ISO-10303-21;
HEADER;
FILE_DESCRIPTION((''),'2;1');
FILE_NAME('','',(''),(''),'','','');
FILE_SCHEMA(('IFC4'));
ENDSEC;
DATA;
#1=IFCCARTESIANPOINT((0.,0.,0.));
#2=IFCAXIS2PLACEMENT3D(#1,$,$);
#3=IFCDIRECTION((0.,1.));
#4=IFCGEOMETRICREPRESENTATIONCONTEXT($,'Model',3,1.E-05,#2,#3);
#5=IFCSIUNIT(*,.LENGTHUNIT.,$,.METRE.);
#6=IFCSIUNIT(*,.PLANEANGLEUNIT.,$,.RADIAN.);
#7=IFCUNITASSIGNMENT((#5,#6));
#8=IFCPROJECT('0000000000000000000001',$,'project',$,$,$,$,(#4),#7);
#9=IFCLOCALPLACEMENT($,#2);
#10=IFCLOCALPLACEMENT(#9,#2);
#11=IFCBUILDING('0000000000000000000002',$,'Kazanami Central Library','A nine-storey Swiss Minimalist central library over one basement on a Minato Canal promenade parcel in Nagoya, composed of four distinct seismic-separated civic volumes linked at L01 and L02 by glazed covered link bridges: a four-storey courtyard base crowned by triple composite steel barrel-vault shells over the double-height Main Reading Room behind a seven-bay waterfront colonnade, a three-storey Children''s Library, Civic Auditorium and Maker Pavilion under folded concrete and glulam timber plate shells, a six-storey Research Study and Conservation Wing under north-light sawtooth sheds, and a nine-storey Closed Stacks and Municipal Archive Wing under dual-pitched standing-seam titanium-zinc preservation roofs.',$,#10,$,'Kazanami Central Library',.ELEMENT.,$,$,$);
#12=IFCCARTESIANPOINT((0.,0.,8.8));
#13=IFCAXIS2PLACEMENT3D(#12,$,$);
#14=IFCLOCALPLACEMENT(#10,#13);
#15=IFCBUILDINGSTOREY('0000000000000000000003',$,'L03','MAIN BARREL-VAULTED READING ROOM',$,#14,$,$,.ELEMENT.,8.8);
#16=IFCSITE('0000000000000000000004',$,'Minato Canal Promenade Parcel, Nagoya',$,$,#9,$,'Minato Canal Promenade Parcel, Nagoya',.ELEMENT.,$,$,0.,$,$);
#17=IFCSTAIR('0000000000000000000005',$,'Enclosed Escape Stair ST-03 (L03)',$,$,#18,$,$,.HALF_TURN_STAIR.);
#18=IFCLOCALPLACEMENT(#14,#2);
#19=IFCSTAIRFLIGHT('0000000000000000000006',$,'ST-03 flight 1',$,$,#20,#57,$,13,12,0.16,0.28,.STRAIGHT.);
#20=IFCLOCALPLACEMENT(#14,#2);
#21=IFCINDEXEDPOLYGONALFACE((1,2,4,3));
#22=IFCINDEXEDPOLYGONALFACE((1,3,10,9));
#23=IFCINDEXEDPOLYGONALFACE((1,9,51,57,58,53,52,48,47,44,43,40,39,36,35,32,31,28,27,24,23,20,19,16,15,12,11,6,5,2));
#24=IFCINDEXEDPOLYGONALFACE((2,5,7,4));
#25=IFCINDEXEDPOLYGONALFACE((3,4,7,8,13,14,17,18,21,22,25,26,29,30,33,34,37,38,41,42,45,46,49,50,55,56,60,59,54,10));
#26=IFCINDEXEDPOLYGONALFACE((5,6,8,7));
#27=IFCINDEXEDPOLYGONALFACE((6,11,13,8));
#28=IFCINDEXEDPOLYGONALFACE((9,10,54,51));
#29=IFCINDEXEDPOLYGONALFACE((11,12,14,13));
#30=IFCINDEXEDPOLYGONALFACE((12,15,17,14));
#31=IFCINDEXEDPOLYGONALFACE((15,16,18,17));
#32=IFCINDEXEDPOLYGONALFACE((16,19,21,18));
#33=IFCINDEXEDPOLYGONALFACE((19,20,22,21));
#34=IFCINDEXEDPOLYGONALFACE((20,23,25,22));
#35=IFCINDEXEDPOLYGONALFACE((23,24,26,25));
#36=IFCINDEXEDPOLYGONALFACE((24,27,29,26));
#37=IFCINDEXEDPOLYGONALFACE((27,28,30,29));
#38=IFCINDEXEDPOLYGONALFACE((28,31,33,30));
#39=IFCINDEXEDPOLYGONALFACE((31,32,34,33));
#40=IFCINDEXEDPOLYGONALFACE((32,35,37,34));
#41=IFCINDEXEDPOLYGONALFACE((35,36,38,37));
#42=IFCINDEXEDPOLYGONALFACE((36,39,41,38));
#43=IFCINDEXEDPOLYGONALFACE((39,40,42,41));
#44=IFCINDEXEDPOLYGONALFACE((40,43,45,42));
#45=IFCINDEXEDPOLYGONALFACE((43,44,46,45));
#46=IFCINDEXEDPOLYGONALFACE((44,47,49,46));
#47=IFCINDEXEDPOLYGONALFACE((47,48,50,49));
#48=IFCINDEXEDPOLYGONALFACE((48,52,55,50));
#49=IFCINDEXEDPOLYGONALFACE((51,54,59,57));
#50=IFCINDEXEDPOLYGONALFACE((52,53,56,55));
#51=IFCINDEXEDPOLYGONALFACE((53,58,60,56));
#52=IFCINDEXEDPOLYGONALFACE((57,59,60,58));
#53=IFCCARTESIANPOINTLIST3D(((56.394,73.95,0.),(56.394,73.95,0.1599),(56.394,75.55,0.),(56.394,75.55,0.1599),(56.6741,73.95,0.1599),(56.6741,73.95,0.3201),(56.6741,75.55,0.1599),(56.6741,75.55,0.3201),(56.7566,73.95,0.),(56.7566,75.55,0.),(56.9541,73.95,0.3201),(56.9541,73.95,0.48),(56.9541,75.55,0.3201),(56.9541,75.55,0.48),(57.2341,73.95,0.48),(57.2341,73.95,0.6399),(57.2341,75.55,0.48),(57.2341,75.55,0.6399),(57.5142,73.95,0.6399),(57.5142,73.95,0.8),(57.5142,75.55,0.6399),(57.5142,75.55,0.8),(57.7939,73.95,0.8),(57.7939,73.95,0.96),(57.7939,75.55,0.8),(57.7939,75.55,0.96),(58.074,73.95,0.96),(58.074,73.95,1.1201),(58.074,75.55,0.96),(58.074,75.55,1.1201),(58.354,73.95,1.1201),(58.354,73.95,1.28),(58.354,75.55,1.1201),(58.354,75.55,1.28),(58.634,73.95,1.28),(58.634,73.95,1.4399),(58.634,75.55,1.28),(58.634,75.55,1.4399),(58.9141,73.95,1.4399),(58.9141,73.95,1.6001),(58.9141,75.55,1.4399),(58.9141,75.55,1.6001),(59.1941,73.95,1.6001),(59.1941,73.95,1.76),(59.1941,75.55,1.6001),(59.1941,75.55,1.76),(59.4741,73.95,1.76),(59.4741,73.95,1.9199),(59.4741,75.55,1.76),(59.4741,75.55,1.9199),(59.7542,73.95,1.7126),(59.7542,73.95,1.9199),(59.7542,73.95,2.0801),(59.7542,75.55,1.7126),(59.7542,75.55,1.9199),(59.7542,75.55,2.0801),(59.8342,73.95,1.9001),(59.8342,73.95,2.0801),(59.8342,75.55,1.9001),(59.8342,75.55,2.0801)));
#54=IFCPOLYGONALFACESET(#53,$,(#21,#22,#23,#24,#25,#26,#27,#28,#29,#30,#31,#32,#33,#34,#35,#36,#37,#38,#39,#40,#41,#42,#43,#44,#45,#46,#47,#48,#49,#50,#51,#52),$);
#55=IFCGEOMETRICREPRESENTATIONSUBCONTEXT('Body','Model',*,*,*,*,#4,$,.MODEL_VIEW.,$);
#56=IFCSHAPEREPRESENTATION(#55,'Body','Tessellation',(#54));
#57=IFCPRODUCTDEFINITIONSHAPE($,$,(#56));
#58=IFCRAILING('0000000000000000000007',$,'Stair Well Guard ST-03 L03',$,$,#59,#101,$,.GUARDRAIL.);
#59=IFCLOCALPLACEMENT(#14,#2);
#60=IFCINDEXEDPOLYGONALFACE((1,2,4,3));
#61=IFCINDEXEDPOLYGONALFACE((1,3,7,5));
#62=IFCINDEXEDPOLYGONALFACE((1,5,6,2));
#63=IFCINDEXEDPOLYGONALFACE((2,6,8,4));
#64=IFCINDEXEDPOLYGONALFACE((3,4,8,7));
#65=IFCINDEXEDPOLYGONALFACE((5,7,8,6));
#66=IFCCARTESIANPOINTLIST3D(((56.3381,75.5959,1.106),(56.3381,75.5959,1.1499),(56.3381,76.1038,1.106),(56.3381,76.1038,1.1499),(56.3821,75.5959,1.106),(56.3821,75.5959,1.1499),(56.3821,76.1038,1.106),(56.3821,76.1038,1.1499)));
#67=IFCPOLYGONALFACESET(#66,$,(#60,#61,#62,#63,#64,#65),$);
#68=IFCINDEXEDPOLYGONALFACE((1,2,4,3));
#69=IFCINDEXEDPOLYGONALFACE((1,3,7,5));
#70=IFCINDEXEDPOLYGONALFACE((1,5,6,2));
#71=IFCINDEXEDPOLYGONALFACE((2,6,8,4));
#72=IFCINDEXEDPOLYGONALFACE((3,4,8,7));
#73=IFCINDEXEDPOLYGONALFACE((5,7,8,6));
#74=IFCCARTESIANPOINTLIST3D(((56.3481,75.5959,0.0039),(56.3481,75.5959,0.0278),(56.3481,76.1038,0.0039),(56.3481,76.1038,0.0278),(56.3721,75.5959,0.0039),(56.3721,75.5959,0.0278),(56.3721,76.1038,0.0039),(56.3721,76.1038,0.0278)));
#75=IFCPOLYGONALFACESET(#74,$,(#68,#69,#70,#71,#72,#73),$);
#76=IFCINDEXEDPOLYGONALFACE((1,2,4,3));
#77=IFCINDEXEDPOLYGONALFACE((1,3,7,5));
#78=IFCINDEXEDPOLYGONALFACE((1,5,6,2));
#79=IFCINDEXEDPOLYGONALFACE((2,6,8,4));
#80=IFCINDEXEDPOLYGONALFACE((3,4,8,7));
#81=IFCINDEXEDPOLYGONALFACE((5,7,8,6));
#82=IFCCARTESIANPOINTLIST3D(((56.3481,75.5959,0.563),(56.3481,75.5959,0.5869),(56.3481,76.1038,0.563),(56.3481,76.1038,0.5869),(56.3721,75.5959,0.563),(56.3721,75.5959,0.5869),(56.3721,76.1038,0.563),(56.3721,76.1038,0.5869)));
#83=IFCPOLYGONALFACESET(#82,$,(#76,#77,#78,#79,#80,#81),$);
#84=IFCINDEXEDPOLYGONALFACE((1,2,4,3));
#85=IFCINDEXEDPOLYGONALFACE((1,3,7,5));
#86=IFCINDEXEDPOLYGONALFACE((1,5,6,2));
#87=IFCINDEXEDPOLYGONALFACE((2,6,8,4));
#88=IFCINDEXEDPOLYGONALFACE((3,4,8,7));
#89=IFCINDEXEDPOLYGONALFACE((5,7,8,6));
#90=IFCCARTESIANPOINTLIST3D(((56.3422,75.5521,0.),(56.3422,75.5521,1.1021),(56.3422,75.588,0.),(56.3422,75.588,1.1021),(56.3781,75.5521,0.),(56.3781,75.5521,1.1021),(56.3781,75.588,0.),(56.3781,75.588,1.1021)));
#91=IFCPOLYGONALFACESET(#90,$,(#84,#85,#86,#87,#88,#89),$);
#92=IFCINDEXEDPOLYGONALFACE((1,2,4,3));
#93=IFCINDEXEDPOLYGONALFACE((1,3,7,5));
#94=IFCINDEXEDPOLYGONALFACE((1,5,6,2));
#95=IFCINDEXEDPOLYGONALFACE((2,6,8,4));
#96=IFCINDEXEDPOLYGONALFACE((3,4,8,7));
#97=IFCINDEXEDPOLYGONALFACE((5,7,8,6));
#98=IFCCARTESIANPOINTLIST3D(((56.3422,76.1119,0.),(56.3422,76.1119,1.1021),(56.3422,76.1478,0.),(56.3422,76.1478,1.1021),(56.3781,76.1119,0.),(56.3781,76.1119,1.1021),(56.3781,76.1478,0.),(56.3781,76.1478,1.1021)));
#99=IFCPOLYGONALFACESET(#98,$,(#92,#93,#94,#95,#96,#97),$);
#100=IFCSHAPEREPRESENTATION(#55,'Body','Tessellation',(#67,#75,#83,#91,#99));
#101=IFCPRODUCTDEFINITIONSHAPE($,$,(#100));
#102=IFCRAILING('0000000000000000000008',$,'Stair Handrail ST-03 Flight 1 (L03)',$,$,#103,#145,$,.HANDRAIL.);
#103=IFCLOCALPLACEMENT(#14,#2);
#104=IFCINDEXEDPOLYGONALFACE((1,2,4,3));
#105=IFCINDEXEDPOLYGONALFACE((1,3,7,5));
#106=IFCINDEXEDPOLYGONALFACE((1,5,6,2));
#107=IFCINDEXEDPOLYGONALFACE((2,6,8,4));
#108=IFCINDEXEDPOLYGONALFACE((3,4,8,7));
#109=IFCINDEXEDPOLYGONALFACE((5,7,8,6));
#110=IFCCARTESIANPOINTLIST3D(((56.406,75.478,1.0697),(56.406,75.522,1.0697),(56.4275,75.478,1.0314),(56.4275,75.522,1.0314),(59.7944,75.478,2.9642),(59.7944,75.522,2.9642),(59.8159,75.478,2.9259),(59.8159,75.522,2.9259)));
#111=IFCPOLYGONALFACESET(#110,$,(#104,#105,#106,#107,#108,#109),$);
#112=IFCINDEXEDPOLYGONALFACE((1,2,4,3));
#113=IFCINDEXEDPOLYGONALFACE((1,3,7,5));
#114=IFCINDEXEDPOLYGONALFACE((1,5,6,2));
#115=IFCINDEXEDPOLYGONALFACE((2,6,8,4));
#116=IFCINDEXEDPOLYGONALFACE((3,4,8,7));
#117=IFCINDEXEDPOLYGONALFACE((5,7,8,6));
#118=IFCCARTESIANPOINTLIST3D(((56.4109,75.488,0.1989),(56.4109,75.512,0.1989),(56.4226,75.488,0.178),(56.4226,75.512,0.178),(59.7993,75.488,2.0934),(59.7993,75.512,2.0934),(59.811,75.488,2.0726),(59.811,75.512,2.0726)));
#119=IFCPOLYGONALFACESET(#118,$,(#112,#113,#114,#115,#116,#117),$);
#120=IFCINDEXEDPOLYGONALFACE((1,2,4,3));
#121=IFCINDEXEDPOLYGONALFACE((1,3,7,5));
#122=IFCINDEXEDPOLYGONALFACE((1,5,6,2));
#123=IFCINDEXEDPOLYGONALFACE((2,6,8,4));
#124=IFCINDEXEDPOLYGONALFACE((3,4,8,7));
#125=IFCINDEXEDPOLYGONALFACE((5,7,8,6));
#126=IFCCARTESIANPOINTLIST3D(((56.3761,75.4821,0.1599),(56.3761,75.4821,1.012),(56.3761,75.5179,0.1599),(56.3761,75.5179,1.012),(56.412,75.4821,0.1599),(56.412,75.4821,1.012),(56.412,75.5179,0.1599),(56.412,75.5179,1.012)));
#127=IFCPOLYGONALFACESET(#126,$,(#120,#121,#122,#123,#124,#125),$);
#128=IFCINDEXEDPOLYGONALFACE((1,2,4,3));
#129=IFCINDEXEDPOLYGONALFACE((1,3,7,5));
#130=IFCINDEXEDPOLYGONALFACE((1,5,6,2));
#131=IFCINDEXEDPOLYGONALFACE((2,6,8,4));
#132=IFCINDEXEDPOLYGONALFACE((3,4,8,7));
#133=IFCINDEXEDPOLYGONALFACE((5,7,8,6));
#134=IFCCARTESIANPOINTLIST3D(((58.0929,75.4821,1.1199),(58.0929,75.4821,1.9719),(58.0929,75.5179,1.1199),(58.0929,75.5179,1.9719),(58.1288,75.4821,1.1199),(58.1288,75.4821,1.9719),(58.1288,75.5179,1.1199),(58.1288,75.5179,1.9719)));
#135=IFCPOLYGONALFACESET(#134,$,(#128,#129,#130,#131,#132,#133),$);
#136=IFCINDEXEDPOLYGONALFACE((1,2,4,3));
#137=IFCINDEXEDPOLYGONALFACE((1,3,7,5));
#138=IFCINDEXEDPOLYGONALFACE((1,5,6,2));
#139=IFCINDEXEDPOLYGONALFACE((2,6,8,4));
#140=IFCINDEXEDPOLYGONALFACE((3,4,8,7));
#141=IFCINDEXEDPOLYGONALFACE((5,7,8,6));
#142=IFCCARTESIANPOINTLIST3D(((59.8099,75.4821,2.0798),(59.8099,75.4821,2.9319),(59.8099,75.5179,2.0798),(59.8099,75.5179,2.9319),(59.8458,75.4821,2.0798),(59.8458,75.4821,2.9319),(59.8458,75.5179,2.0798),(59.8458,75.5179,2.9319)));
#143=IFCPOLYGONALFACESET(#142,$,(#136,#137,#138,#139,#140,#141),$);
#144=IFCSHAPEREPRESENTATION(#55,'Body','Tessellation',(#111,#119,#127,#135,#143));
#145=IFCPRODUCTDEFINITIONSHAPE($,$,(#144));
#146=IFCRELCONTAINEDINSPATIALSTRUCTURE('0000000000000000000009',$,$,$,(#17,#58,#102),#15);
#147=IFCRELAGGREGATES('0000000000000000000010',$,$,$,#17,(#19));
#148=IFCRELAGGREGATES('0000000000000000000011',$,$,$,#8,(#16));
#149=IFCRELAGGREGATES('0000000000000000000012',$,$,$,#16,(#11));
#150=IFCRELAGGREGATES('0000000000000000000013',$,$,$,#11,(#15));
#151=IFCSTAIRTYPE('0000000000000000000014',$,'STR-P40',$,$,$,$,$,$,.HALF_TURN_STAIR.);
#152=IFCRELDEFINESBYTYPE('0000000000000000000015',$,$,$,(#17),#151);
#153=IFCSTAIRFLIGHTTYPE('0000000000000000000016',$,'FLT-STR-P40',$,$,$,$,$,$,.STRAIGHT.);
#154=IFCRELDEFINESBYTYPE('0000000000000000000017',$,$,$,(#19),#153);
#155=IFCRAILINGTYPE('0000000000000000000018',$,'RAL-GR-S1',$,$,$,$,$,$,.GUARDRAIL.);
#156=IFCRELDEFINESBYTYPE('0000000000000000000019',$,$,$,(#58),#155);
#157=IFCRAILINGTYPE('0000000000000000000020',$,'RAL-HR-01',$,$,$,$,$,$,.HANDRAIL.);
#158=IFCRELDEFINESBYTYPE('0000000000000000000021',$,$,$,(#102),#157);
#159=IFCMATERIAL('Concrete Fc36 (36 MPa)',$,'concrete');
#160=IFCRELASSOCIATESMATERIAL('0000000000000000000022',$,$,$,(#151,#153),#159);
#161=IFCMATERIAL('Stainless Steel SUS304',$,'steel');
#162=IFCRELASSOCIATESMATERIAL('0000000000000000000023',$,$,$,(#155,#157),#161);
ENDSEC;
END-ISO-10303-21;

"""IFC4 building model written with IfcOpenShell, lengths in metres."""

from ifc_helpers import new_model, si_unit, direction, frame, origin, origin_2d, place, context, subcontext, project, spatial, polyline, rectangle, outline, extrude, material, type_object, element, aggregate, save


model = new_model("IFC4")

# Units and contexts
model_context = context("Model", 3, precision=1e-05, world=origin(), true_north=direction((0.0, 1.0)))
body_context = subcontext(model_context, "Body", "Model", "MODEL_VIEW")
ifc_project = project(units=[si_unit("LENGTHUNIT", "METRE"), si_unit("PLANEANGLEUNIT", "RADIAN")], contexts=[model_context])

# Site, building, storey
site_placement = place(None, origin())
site = spatial("IfcSite", under=ifc_project, at=site_placement, Name="Minato Canal Promenade Parcel, Nagoya", LongName="Minato Canal Promenade Parcel, Nagoya", CompositionType="ELEMENT", RefElevation=0.0)
building_placement = place(site_placement, origin())
building = spatial("IfcBuilding", under=site, at=building_placement, Name="Kazanami Central Library", Description="A nine-storey Swiss Minimalist central library over one basement on a Minato Canal promenade parcel in Nagoya, composed of four distinct seismic-separated civic volumes linked at L01 and L02 by glazed covered link bridges: a four-storey courtyard base crowned by triple composite steel barrel-vault shells over the double-height Main Reading Room behind a seven-bay waterfront colonnade, a three-storey Children's Library, Civic Auditorium and Maker Pavilion under folded concrete and glulam timber plate shells, a six-storey Research Study and Conservation Wing under north-light sawtooth sheds, and a nine-storey Closed Stacks and Municipal Archive Wing under dual-pitched standing-seam titanium-zinc preservation roofs.", LongName="Kazanami Central Library", CompositionType="ELEMENT")
storey_placement = place(building_placement, frame((0.0, 0.0, 8.8)))
storey = spatial("IfcBuildingStorey", under=building, at=storey_placement, Name="L03", Description="MAIN BARREL-VAULTED READING ROOM", CompositionType="ELEMENT", Elevation=8.8)

# Shared definitions
ifc_material_1 = material(Name="Concrete Fc36 (36 MPa)", Category="concrete")

# Stair, stair flight
stair_type = type_object("IfcStairType", Name="STR-P40", PredefinedType="HALF_TURN_STAIR", material=ifc_material_1)
stair_placement = place(storey_placement, origin())
stair = element("IfcStair", 1, at=stair_placement, inside=storey, type_object=stair_type, Name="Enclosed Escape Stair ST-03 (L03)", PredefinedType="HALF_TURN_STAIR")
stair_flight_type = type_object("IfcStairFlightType", Name="FLT-STR-P40", PredefinedType="STRAIGHT", material=ifc_material_1)
stair_flight_placement = place(storey_placement, frame((56.394, 74.75, 0.0), z_axis=(0.0, 0.0, 1.0), x_axis=(1.0, 0.0, 0.0)))
stair_flight = element("IfcStairFlight", 2, at=stair_flight_placement, type_object=stair_flight_type, Name="ST-03 flight 1", NumberOfRisers=13, NumberOfTreads=12, PredefinedType="STRAIGHT", RiserHeight=0.16, TreadLength=0.28, context=body_context, shape_type="SweptSolid", body=[
    extrude(outline(polyline([(0.0, 0.0), (0.0, 0.1599), (0.28, 0.1599), (0.28, 0.3201), (0.5601, 0.3201), (0.5601, 0.48), (0.8401, 0.48), (0.8401, 0.6399), (1.1201, 0.6399), (1.1201, 0.8), (1.3999, 0.8), (1.3999, 0.96), (1.6799, 0.96), (1.6799, 1.1201), (1.96, 1.1201), (1.96, 1.28), (2.24, 1.28), (2.24, 1.4399), (2.52, 1.4399), (2.52, 1.6001), (2.8, 1.6001), (2.8, 1.76), (3.0801, 1.76), (3.0801, 1.9199), (3.3601, 1.9199), (3.3601, 2.0801), (3.4402, 2.0801), (3.4402, 1.9001), (3.3601, 1.7126), (0.3625, 0.0), (0.0, 0.0)])), frame((0.0, 0.8, 0.0), z_axis=(0.0, -1.0, 0.0), x_axis=(1.0, 0.0, 0.0)), (0.0, 0.0, 1.0), 1.6001),
])
aggregate(stair, [stair_flight])

# Railings
ifc_material_2 = material(Name="Stainless Steel SUS304", Category="steel")
railing_type_1 = type_object("IfcRailingType", Name="RAL-GR-S1", PredefinedType="GUARDRAIL", material=ifc_material_2)
railing_1_placement = place(storey_placement, frame((56.3601, 75.5701, 0.0)))
element("IfcRailing", 3, at=railing_1_placement, inside=storey, type_object=railing_type_1, Name="Stair Well Guard ST-03 L03", PredefinedType="GUARDRAIL", context=body_context, shape_type="SweptSolid", body=[
    extrude(rectangle(XDim=0.0439, YDim=0.0439, at=origin_2d()), frame((0.0, 0.0259, 1.1279), z_axis=(0.0, 1.0, 0.0), x_axis=(-1.0, 0.0, 0.0)), (0.0, 0.0, 1.0), 0.5078),
    extrude(rectangle(XDim=0.0239, YDim=0.0239, at=origin_2d()), frame((0.0, 0.0259, 0.0159), z_axis=(0.0, 1.0, 0.0), x_axis=(-1.0, 0.0, 0.0)), (0.0, 0.0, 1.0), 0.5078),
    extrude(rectangle(XDim=0.0239, YDim=0.0239, at=origin_2d()), frame((0.0, 0.0259, 0.575), z_axis=(0.0, 1.0, 0.0), x_axis=(-1.0, 0.0, 0.0)), (0.0, 0.0, 1.0), 0.5078),
    extrude(rectangle(XDim=0.0359, YDim=0.0359, at=origin_2d()), origin(), (0.0, 0.0, 1.0), 1.1021),
    extrude(rectangle(XDim=0.0359, YDim=0.0359, at=origin_2d()), frame((0.0, 0.5598, 0.0)), (0.0, 0.0, 1.0), 1.1021),
])
railing_type_2 = type_object("IfcRailingType", Name="RAL-HR-01", PredefinedType="HANDRAIL", material=ifc_material_2)
railing_2_placement = place(storey_placement, frame((56.394, 75.5, 0.1599)))
element("IfcRailing", 4, at=railing_2_placement, inside=storey, type_object=railing_type_2, Name="Stair Handrail ST-03 Flight 1 (L03)", PredefinedType="HANDRAIL", context=body_context, shape_type="SweptSolid", body=[
    extrude(rectangle(XDim=0.0439, YDim=0.0439, at=origin_2d()), frame((0.0227, 0.0, 0.8906), z_axis=(0.872834, 0.0, 0.488017), x_axis=(0.0, 1.0, 0.0)), (0.0, 0.0, 1.0), 3.8821),
    extrude(rectangle(XDim=0.0239, YDim=0.0239, at=origin_2d()), frame((0.0227, 0.0, 0.0286), z_axis=(0.872834, 0.0, 0.488017), x_axis=(0.0, 1.0, 0.0)), (0.0, 0.0, 1.0), 3.8821),
    extrude(rectangle(XDim=0.0359, YDim=0.0359, at=origin_2d()), origin(), (0.0, 0.0, 1.0), 0.8521),
    extrude(rectangle(XDim=0.0359, YDim=0.0359, at=origin_2d()), frame((1.7168, 0.0, 0.96)), (0.0, 0.0, 1.0), 0.8521),
    extrude(rectangle(XDim=0.0359, YDim=0.0359, at=origin_2d()), frame((3.4338, 0.0, 1.9199)), (0.0, 0.0, 1.0), 0.8521),
])

save(model, "model.ifc")
